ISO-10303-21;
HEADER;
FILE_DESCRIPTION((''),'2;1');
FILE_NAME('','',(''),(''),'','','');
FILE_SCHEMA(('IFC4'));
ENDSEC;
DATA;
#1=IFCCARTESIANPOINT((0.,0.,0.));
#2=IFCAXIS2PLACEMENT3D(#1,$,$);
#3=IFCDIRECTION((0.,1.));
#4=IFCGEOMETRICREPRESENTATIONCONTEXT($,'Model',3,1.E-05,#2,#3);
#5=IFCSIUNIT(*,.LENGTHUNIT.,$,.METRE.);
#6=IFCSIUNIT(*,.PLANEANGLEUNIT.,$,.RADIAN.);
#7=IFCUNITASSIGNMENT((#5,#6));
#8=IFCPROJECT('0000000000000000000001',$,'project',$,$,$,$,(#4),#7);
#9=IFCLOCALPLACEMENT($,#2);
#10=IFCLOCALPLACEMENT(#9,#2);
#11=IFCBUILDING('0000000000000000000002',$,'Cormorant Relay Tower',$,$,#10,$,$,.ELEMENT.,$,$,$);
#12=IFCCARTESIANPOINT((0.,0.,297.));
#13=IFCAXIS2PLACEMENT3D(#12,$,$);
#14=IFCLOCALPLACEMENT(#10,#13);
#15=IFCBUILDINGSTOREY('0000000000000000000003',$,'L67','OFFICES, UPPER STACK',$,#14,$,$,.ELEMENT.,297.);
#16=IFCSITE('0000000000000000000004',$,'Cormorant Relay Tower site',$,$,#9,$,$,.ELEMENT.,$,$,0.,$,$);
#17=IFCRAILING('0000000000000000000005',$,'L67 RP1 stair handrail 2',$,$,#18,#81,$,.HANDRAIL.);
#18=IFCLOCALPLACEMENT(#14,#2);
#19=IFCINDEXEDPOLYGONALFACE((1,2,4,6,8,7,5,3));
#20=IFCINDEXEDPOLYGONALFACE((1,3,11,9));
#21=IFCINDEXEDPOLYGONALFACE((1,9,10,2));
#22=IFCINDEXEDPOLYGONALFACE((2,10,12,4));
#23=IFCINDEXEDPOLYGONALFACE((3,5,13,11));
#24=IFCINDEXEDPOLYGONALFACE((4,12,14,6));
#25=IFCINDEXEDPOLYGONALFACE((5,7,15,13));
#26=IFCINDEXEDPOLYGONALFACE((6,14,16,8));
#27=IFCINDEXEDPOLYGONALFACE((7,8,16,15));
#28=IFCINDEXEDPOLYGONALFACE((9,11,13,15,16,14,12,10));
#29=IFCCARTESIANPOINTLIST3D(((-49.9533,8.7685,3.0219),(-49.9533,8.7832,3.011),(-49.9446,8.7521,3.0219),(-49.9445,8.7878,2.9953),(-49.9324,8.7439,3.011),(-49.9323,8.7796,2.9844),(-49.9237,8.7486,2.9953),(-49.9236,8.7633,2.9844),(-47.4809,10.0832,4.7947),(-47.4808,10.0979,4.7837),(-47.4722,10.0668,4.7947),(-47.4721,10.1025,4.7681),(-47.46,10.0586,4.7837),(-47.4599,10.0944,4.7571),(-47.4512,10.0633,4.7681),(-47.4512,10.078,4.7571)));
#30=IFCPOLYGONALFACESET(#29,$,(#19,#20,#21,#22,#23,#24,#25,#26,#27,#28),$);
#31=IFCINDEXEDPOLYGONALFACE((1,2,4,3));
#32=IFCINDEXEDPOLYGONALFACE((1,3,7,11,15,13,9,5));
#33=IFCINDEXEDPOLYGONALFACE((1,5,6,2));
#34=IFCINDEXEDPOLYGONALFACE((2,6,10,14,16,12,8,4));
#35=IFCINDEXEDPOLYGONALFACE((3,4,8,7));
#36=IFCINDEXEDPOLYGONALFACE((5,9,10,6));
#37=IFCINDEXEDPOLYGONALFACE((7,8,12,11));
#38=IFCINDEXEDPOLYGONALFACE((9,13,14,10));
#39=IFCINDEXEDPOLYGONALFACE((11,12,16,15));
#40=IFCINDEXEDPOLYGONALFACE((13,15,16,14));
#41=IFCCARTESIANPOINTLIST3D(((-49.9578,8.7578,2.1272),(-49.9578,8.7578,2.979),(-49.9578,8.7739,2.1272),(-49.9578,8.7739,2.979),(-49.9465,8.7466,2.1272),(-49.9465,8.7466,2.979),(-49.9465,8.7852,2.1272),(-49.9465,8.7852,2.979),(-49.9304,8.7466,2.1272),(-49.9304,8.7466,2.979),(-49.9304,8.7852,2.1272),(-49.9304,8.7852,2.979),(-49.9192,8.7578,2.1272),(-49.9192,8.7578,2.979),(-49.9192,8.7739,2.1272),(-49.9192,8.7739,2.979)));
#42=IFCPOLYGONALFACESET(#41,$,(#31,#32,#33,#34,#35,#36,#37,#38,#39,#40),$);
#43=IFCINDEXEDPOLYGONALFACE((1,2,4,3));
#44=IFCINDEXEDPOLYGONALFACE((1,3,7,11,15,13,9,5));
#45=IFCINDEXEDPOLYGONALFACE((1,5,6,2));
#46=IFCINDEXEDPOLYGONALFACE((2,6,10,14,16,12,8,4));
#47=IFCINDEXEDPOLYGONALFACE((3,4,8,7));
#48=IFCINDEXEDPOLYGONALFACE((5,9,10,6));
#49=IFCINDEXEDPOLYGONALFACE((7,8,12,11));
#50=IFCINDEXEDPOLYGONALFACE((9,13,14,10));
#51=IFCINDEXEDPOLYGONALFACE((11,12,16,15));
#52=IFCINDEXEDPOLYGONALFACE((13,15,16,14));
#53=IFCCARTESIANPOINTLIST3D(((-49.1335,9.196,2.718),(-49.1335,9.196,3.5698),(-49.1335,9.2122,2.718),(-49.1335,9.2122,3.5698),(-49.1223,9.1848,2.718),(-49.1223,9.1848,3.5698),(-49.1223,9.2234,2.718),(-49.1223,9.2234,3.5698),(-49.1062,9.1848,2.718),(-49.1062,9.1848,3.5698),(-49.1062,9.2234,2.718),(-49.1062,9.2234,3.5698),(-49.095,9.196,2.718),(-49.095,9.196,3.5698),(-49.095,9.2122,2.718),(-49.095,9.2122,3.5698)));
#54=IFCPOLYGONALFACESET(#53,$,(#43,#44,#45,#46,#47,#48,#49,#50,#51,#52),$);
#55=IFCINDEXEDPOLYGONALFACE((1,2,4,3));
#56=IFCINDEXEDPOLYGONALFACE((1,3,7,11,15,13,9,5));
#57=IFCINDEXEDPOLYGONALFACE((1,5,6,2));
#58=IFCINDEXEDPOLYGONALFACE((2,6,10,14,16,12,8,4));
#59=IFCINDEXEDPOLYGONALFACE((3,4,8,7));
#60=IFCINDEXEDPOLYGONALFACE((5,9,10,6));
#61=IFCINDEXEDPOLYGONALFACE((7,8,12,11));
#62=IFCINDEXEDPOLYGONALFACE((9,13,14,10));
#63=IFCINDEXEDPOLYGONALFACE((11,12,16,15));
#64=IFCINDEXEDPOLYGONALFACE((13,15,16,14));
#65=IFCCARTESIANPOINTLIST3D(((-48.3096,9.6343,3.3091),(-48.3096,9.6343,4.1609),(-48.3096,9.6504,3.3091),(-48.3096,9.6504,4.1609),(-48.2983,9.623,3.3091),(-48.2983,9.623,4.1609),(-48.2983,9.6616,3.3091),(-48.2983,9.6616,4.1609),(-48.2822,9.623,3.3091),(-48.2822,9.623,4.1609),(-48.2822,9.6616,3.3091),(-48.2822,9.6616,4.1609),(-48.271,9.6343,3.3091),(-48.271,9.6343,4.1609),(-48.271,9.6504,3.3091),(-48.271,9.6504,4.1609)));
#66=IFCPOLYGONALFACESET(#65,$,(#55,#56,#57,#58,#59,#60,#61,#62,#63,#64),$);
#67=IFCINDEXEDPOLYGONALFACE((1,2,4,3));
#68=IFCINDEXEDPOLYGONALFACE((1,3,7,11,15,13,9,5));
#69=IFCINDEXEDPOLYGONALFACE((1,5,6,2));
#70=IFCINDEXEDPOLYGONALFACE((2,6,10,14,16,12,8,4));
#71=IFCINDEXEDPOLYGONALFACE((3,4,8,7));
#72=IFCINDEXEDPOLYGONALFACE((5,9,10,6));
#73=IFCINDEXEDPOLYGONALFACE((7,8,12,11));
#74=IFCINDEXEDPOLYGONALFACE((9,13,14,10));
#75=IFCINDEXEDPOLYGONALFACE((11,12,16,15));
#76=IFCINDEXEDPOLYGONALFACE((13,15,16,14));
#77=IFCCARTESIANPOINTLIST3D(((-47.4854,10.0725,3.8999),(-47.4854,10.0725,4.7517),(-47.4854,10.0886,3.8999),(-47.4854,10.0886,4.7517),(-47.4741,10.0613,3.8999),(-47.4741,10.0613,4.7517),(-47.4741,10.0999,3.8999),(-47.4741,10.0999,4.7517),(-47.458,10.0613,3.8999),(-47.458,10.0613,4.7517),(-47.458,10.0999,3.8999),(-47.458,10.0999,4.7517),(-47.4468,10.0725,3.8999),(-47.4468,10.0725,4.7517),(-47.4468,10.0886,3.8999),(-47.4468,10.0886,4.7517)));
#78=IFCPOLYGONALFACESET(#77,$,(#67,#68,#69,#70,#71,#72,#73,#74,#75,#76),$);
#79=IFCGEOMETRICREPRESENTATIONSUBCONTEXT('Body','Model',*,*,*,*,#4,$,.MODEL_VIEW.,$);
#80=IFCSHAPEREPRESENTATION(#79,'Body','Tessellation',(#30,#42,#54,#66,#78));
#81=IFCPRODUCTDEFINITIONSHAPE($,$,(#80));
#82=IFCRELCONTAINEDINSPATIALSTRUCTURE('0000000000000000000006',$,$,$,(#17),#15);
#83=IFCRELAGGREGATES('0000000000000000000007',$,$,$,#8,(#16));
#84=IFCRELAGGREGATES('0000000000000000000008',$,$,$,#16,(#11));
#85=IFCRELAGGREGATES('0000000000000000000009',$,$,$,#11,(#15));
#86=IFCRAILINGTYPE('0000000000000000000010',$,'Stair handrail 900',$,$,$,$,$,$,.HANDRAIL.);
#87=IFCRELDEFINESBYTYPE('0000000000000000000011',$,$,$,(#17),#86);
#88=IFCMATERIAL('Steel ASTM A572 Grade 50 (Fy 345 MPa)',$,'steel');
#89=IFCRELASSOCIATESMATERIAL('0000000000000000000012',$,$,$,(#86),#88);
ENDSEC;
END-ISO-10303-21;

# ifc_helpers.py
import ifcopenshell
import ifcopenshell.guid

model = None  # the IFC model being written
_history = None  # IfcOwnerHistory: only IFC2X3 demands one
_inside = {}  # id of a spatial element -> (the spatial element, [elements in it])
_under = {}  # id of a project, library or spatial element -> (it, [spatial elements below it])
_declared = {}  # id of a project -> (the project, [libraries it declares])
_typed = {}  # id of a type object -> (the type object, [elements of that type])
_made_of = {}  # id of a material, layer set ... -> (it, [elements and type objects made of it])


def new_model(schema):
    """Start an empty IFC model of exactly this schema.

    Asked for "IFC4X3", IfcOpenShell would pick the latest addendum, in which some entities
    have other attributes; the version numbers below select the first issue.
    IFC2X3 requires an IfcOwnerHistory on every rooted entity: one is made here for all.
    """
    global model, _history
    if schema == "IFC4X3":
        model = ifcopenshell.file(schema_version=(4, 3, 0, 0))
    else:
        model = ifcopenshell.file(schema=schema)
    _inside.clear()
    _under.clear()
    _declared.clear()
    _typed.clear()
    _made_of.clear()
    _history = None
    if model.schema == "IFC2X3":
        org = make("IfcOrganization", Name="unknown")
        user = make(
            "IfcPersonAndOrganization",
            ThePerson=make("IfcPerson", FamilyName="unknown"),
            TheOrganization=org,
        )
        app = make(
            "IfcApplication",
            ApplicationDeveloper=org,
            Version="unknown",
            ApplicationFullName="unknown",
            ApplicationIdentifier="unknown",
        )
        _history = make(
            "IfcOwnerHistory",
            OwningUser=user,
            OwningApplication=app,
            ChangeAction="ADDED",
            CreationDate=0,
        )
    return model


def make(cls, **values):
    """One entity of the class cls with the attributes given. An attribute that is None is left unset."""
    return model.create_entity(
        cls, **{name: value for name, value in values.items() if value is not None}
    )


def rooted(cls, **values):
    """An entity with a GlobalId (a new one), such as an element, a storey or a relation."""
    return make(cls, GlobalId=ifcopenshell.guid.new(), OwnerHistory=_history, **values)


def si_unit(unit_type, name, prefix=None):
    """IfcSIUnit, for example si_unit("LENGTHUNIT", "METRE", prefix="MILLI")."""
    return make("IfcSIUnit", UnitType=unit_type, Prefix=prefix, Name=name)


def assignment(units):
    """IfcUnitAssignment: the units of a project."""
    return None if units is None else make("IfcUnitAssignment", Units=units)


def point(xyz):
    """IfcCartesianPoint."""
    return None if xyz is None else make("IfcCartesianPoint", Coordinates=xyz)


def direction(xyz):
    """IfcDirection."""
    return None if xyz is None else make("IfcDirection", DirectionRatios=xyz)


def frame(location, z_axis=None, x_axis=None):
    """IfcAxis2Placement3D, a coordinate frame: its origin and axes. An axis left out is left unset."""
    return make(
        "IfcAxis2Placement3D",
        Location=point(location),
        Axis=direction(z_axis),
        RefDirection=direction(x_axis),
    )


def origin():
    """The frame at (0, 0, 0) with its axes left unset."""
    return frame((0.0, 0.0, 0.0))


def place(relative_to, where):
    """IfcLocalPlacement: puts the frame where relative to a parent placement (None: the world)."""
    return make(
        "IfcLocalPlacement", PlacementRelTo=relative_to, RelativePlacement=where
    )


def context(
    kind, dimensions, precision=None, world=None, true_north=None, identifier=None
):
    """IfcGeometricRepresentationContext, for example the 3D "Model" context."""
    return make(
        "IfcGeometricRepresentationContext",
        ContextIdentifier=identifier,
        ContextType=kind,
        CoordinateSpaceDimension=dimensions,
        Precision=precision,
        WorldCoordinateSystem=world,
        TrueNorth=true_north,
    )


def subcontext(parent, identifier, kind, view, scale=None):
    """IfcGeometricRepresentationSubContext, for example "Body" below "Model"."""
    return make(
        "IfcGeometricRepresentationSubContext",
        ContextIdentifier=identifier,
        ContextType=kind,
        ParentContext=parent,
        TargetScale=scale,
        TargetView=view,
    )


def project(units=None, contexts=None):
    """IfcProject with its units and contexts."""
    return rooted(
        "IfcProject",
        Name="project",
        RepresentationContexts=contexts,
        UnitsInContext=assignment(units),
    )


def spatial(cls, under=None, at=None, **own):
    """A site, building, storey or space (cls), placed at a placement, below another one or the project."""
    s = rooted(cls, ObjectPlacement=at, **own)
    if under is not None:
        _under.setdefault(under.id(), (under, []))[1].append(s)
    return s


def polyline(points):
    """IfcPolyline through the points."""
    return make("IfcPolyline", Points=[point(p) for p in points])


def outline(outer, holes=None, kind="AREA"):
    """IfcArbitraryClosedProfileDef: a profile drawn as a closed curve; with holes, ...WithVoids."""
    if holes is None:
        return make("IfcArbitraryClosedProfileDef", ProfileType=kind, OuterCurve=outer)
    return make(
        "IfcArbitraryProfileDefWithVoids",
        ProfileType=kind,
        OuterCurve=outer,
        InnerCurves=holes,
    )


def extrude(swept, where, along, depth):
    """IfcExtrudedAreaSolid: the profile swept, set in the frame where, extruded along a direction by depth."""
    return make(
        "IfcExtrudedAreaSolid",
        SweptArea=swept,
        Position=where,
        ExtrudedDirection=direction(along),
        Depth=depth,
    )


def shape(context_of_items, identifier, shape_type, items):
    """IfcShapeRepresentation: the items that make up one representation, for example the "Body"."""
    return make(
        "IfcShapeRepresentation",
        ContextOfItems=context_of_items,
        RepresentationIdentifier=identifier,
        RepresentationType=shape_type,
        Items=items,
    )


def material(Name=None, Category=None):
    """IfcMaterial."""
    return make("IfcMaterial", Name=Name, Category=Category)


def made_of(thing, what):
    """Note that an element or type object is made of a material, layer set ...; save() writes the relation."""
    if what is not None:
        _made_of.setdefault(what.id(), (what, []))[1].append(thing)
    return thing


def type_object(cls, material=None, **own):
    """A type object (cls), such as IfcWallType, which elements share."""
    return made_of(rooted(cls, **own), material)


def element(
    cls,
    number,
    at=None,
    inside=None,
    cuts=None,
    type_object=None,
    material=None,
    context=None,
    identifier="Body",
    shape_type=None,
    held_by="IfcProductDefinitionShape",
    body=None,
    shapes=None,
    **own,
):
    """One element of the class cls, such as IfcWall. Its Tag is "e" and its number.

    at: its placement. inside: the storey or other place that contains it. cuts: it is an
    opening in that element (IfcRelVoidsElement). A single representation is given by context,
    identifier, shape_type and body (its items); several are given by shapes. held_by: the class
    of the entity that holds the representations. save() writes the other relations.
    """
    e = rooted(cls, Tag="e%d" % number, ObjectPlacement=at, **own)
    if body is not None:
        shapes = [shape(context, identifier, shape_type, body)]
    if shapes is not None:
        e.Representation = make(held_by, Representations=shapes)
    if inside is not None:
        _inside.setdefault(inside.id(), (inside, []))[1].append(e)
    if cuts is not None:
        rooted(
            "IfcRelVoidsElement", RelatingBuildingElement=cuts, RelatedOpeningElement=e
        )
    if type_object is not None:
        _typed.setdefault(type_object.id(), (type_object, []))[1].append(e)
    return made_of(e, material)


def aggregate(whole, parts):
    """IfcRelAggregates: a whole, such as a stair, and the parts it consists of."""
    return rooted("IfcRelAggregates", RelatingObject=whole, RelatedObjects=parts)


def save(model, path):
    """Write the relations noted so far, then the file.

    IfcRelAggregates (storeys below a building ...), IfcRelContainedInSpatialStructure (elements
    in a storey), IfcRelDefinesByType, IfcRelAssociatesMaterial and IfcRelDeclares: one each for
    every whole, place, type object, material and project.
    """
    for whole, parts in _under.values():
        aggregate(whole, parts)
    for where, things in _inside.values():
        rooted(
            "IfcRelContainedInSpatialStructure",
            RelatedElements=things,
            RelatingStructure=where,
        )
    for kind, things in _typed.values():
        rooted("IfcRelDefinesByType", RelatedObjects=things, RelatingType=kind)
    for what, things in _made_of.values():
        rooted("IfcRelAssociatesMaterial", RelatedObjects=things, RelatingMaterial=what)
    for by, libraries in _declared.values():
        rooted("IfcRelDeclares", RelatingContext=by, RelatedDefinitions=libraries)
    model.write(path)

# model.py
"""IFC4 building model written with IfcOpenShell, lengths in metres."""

from ifc_helpers import new_model, si_unit, direction, frame, origin, place, context, subcontext, project, spatial, polyline, outline, extrude, material, type_object, element, save


model = new_model("IFC4")

# Units and contexts
model_context = context("Model", 3, precision=1e-05, world=origin(), true_north=direction((0.0, 1.0)))
body_context = subcontext(model_context, "Body", "Model", "MODEL_VIEW")
ifc_project = project(units=[si_unit("LENGTHUNIT", "METRE"), si_unit("PLANEANGLEUNIT", "RADIAN")], contexts=[model_context])

# Site, building, storey
site_placement = place(None, origin())
site = spatial("IfcSite", under=ifc_project, at=site_placement, Name="Cormorant Relay Tower site", CompositionType="ELEMENT", RefElevation=0.0)
building_placement = place(site_placement, origin())
building = spatial("IfcBuilding", under=site, at=building_placement, Name="Cormorant Relay Tower", CompositionType="ELEMENT")
storey_placement = place(building_placement, frame((0.0, 0.0, 297.0)))
storey = spatial("IfcBuildingStorey", under=building, at=storey_placement, Name="L67", Description="OFFICES, UPPER STACK", CompositionType="ELEMENT", Elevation=297.0)

# Railing
ifc_material_1 = material(Name="Steel ASTM A572 Grade 50 (Fy 345 MPa)", Category="steel")
railing_type_1 = type_object("IfcRailingType", Name="Stair handrail 900", PredefinedType="HANDRAIL", material=ifc_material_1)
railing_1_placement = place(storey_placement, frame((-49.9385, 8.7659, 2.1272)))
element("IfcRailing", 1, at=railing_1_placement, inside=storey, type_object=railing_type_1, Name="L67 RP1 stair handrail 2", PredefinedType="HANDRAIL", context=body_context, shape_type="SweptSolid", body=[
    extrude(outline(polyline([(0.0222, 0.0093), (0.0093, 0.0222), (-0.0093, 0.0222), (-0.0222, 0.0093), (-0.0222, -0.0093), (-0.0093, -0.0222), (0.0093, -0.0222), (0.0222, -0.0093), (0.0222, 0.0093)])), frame((0.0, 0.0, 0.876), z_axis=(0.746012, 0.39669, 0.534886), x_axis=(-0.469497, 0.882934, 0.0)), (0.0, 0.0, 1.0), 3.3142),
    extrude(outline(polyline([(0.0193, 0.0081), (0.0081, 0.0193), (-0.0081, 0.0193), (-0.0193, 0.0081), (-0.0193, -0.0081), (-0.0081, -0.0193), (0.0081, -0.0193), (0.0193, -0.0081), (0.0193, 0.0081)])), origin(), (0.0, 0.0, 1.0), 0.8518),
    extrude(outline(polyline([(0.0193, 0.0081), (0.0081, 0.0193), (-0.0081, 0.0193), (-0.0193, 0.0081), (-0.0193, -0.0081), (-0.0081, -0.0193), (0.0081, -0.0193), (0.0193, -0.0081), (0.0193, 0.0081)])), frame((0.8242, 0.4382, 0.5908)), (0.0, 0.0, 1.0), 0.8518),
    extrude(outline(polyline([(0.0193, 0.0081), (0.0081, 0.0193), (-0.0081, 0.0193), (-0.0193, 0.0081), (-0.0193, -0.0081), (-0.0081, -0.0193), (0.0081, -0.0193), (0.0193, -0.0081), (0.0193, 0.0081)])), frame((1.6482, 0.8765, 1.1819)), (0.0, 0.0, 1.0), 0.8518),
    extrude(outline(polyline([(0.0193, 0.0081), (0.0081, 0.0193), (-0.0081, 0.0193), (-0.0193, 0.0081), (-0.0193, -0.0081), (-0.0081, -0.0193), (0.0081, -0.0193), (0.0193, -0.0081), (0.0193, 0.0081)])), frame((2.4724, 1.3147, 1.7727)), (0.0, 0.0, 1.0), 0.8518),
])

save(model, "model.ifc")
